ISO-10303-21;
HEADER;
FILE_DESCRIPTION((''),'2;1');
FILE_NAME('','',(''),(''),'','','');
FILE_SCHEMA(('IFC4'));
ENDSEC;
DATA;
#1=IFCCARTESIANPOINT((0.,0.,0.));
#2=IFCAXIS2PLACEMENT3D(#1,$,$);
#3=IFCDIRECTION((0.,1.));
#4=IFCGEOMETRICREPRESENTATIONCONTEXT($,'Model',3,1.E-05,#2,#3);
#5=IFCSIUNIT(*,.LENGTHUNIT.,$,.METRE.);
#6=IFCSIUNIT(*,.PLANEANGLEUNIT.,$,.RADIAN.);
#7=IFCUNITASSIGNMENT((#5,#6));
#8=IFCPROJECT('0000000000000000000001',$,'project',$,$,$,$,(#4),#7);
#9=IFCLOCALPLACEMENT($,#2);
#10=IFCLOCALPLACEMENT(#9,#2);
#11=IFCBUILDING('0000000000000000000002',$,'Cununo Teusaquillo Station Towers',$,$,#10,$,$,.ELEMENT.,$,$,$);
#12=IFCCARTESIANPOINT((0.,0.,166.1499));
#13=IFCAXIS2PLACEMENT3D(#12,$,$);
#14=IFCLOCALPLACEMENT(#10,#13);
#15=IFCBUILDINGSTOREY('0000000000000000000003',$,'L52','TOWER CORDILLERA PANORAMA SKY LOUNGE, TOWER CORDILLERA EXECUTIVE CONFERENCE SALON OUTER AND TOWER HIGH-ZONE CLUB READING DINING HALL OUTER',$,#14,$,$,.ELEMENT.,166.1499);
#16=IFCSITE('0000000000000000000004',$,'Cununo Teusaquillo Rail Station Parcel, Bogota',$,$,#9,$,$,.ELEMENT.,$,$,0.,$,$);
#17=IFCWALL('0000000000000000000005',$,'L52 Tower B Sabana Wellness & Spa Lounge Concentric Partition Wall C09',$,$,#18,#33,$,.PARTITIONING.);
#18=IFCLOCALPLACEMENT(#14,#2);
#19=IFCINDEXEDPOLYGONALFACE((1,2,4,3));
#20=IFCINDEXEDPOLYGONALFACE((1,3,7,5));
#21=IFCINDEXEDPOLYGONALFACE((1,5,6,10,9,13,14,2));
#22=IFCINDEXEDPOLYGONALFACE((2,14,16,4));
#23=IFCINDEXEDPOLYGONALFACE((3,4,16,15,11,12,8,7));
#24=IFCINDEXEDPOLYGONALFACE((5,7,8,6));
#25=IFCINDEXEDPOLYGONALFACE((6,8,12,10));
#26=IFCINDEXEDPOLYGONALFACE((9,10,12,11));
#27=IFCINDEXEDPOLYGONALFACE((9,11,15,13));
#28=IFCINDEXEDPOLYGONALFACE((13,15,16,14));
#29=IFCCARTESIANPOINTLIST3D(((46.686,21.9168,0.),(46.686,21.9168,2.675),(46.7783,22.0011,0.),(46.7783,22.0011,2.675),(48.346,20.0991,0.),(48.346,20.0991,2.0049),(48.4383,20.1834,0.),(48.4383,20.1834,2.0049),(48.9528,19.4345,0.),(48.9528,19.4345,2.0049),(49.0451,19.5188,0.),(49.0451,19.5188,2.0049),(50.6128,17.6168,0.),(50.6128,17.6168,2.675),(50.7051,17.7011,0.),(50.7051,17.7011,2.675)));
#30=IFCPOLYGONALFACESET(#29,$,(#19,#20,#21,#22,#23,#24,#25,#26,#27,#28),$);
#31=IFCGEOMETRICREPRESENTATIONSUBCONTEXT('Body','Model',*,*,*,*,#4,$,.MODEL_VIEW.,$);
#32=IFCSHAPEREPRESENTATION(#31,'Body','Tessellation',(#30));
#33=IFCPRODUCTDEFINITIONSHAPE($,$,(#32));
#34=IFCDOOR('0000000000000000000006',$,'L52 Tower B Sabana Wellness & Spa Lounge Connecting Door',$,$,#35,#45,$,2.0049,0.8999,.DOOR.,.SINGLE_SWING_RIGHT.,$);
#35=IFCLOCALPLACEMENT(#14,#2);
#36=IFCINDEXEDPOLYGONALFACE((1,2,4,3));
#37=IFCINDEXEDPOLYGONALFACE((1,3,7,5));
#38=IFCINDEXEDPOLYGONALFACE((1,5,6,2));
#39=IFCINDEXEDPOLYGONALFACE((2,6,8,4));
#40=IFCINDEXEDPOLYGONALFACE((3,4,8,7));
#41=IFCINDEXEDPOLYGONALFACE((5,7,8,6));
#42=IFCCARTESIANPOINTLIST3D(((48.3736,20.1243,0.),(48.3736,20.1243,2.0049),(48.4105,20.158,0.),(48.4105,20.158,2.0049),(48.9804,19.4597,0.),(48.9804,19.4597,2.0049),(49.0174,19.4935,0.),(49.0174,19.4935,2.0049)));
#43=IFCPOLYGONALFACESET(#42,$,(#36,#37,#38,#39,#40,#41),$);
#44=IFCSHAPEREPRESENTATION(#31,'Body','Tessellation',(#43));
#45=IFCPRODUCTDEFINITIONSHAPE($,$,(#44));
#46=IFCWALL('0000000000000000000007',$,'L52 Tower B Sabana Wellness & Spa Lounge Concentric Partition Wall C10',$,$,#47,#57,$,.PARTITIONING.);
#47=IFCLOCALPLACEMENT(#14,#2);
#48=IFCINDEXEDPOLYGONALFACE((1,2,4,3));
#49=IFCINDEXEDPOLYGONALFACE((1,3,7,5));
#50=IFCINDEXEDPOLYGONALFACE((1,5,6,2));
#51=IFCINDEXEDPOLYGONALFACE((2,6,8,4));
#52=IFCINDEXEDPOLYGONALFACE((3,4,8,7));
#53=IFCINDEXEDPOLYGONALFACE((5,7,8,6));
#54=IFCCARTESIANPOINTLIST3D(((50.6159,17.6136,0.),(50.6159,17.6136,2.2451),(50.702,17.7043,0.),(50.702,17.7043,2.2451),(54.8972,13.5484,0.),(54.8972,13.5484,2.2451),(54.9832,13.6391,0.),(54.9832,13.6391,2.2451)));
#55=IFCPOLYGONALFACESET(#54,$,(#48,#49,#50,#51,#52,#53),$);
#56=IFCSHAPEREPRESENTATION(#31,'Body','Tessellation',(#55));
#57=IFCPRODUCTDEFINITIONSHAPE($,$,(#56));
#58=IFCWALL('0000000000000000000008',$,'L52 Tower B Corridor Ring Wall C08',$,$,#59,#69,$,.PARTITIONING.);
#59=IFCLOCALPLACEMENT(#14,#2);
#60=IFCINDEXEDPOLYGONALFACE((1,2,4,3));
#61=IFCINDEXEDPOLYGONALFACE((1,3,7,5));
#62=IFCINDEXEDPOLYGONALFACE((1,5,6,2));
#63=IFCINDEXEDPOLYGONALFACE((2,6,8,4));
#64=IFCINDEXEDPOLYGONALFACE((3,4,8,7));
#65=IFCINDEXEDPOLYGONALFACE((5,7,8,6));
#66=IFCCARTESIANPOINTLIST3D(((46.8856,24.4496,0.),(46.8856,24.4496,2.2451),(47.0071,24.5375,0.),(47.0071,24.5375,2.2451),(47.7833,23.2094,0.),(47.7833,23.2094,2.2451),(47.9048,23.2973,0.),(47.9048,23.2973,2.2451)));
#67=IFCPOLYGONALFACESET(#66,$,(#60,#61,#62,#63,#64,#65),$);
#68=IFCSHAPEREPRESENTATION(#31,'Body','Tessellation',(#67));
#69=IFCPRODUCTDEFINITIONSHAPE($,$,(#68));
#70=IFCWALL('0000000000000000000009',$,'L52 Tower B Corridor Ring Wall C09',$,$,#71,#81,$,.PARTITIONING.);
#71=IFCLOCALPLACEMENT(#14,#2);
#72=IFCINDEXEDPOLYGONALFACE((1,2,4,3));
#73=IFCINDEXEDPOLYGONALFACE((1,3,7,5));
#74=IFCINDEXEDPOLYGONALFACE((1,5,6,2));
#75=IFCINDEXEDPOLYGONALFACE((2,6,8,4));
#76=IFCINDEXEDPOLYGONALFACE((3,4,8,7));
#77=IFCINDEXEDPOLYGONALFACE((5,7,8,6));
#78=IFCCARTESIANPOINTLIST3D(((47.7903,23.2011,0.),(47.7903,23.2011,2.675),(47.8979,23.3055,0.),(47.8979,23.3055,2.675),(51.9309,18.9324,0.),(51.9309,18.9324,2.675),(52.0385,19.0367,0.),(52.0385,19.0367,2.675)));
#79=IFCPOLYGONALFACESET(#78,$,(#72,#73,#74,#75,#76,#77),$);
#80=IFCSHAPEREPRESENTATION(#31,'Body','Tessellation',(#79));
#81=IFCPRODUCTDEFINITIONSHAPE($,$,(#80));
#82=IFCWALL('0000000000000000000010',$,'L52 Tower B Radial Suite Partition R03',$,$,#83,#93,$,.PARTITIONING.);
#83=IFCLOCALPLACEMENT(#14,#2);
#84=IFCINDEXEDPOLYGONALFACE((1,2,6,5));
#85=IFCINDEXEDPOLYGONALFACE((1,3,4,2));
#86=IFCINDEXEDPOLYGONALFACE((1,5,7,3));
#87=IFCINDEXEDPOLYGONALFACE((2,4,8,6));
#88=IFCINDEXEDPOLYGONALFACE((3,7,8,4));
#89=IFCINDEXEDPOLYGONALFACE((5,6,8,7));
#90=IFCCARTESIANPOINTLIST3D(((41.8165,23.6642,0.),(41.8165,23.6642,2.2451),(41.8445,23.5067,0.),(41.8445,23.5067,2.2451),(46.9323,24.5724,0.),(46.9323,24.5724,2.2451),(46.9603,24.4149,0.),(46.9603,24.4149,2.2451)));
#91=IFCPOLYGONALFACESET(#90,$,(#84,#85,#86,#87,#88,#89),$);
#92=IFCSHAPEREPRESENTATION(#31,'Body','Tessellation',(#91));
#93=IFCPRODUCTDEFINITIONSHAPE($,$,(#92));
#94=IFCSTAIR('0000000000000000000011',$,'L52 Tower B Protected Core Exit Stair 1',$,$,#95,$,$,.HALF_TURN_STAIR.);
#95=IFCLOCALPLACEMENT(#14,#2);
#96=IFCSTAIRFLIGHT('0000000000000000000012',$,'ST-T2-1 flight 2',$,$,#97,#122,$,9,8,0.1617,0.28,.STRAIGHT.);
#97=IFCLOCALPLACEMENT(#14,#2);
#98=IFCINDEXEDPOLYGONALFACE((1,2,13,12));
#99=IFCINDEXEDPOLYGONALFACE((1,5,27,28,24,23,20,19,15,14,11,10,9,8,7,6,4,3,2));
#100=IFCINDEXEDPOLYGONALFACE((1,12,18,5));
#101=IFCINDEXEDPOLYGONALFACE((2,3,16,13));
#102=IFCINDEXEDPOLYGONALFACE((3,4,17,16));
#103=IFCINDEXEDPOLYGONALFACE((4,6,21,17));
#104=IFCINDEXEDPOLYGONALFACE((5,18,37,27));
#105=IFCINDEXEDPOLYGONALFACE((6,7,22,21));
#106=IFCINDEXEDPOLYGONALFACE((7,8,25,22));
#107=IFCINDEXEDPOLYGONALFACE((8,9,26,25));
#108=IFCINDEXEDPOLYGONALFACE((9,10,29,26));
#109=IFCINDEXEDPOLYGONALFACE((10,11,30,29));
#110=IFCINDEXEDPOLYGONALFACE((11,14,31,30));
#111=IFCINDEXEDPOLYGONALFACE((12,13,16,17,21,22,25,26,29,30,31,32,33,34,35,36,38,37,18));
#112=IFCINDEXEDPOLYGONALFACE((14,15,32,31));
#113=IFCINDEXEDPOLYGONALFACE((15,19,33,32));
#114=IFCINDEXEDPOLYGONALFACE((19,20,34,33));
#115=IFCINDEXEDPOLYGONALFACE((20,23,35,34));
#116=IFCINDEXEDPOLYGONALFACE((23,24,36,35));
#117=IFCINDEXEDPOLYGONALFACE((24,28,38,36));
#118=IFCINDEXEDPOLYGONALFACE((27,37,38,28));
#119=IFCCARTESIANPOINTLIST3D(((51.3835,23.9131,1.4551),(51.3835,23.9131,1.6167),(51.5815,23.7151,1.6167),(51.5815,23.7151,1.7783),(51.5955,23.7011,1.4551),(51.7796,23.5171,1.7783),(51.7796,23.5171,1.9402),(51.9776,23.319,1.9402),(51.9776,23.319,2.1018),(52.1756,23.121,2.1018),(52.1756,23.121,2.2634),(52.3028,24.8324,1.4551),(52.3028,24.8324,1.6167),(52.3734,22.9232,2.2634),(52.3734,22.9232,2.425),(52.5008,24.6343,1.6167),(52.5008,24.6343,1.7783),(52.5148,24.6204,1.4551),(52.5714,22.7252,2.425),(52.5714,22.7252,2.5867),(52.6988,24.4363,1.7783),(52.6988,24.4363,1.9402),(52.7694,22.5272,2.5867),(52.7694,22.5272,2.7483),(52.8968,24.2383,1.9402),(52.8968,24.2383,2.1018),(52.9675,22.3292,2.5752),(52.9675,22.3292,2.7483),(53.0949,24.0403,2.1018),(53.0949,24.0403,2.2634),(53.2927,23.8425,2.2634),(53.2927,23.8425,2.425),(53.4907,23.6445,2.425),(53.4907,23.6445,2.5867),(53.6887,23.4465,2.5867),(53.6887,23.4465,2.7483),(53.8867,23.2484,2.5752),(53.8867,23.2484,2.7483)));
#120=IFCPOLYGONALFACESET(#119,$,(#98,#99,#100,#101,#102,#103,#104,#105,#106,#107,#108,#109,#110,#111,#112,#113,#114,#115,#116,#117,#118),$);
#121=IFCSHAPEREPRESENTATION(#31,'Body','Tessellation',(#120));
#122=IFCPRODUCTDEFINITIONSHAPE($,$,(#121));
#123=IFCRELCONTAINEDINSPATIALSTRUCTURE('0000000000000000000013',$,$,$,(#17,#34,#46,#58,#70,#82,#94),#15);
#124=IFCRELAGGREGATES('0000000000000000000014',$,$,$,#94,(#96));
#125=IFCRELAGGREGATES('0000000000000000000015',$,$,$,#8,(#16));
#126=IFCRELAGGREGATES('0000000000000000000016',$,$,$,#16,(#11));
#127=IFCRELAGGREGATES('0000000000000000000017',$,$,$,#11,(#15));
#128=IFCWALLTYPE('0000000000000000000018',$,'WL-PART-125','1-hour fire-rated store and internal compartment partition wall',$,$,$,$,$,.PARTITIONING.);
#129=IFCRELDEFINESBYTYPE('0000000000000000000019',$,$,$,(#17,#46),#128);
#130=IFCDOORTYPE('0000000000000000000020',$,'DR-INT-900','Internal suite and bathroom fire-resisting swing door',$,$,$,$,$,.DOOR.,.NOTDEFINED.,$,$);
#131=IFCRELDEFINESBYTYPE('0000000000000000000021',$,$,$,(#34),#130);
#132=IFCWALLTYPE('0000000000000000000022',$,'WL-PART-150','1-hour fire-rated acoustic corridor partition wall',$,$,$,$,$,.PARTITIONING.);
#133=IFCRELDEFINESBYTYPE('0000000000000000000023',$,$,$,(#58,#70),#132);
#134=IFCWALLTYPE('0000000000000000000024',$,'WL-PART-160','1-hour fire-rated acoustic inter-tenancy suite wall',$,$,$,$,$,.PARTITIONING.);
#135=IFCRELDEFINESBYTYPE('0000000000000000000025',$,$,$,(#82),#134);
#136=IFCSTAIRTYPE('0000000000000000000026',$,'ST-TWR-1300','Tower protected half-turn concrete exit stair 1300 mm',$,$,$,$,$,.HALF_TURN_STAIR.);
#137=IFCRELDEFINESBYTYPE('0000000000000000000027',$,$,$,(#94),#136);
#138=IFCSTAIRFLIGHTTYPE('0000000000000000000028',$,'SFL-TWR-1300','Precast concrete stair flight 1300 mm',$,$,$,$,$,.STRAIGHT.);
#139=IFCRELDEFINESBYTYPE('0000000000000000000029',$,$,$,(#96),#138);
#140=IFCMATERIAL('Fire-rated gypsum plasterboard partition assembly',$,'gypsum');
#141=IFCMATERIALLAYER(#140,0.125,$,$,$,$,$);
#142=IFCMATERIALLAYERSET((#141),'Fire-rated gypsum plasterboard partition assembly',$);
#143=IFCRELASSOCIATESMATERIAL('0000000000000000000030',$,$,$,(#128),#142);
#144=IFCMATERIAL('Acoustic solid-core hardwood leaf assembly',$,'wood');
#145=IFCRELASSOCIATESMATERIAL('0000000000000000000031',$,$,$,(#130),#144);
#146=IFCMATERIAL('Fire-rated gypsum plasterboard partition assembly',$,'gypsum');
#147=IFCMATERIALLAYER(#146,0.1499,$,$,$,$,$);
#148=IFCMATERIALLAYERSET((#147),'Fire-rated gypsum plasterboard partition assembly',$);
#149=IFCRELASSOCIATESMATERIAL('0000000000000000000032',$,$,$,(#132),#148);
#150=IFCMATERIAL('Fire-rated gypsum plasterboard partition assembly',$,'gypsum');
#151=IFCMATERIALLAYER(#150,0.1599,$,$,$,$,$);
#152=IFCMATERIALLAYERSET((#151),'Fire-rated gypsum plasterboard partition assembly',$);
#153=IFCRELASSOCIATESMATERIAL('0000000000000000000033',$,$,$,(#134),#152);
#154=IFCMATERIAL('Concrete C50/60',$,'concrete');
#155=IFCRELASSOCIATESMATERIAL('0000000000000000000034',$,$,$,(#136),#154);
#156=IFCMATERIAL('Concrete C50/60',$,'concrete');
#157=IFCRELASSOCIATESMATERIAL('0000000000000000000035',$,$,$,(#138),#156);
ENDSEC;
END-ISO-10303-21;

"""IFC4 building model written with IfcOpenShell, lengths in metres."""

from ifc_helpers import new_model, si_unit, direction, frame, frame_2d, origin, place, context, subcontext, project, spatial, polyline, rectangle, outline, extrude, source, transform, mapped, material, layer, layer_set, type_object, element, fill, aggregate, save


model = new_model("IFC4")

# Units and contexts
model_context = context("Model", 3, precision=1e-05, world=origin(), true_north=direction((0.0, 1.0)))
body_context = subcontext(model_context, "Body", "Model", "MODEL_VIEW")
ifc_project = project(units=[si_unit("LENGTHUNIT", "METRE"), si_unit("PLANEANGLEUNIT", "RADIAN")], contexts=[model_context])

# Site, building, storey
site_placement = place(None, origin())
site = spatial("IfcSite", under=ifc_project, at=site_placement, Name="Cununo Teusaquillo Rail Station Parcel, Bogota", CompositionType="ELEMENT", RefElevation=0.0)
building_placement = place(site_placement, origin())
building = spatial("IfcBuilding", under=site, at=building_placement, Name="Cununo Teusaquillo Station Towers", CompositionType="ELEMENT")
storey_placement = place(building_placement, frame((0.0, 0.0, 166.1499)))
storey = spatial("IfcBuildingStorey", under=building, at=storey_placement, Name="L52", Description="TOWER CORDILLERA PANORAMA SKY LOUNGE, TOWER CORDILLERA EXECUTIVE CONFERENCE SALON OUTER AND TOWER HIGH-ZONE CLUB READING DINING HALL OUTER", CompositionType="ELEMENT", Elevation=166.1499)

# Shared definitions
ifc_material_1 = material(Name="Fire-rated gypsum plasterboard partition assembly", Category="gypsum")
ifc_layer_1 = layer(ifc_material_1, 0.125)
ifc_layer_set_1 = layer_set([ifc_layer_1], Name="Fire-rated gypsum plasterboard partition assembly")
wall_type_1 = type_object("IfcWallType", Name="WL-PART-125", Description="1-hour fire-rated store and internal compartment partition wall", PredefinedType="PARTITIONING", material=ifc_layer_set_1)

# Wall, opening, door
wall_1_placement = place(storey_placement, frame((46.7322, 21.959, 0.0), z_axis=(0.0, 0.0, 1.0), x_axis=(0.674328, -0.738432, 0.0)))
wall_1 = element("IfcWall", 1, at=wall_1_placement, inside=storey, type_object=wall_type_1, Name="L52 Tower B Sabana Wellness & Spa Lounge Concentric Partition Wall C09", PredefinedType="PARTITIONING", context=body_context, shape_type="SweptSolid", body=[
    extrude(rectangle(XDim=5.8232, YDim=0.125, at=frame_2d((2.9116, 0.0))), origin(), (0.0, 0.0, 1.0), 2.675),
])
shared_shape_1 = source(origin(), body_context, "Body", "SweptSolid", [
    extrude(rectangle(XDim=0.8999, YDim=2.0049, at=frame_2d((0.45, 1.0024))), frame((0.0, 0.0725, 0.0), z_axis=(0.0, -1.0, 0.0), x_axis=(1.0, 0.0, 0.0)), (0.0, 0.0, 1.0), 0.145),
])
opening_1_placement = place(wall_1_placement, frame((2.4617, 0.0, 0.0)))
opening_1 = element("IfcOpeningElement", 2, at=opening_1_placement, cuts=wall_1, PredefinedType="OPENING", context=body_context, shape_type="MappedRepresentation", body=[
    mapped(shared_shape_1, transform((0.0, 0.0, 0.0), x_axis=(1.0, 0.0, 0.0), y_axis=(0.0, 1.0, 0.0), z_axis=(0.0, 0.0, 1.0), scale=1.0)),
])
ifc_material_2 = material(Name="Acoustic solid-core hardwood leaf assembly", Category="wood")
door_type_1 = type_object("IfcDoorType", Name="DR-INT-900", Description="Internal suite and bathroom fire-resisting swing door", OperationType="NOTDEFINED", PredefinedType="DOOR", material=ifc_material_2)
shared_shape_2 = source(origin(), body_context, "Body", "SweptSolid", [
    extrude(rectangle(XDim=0.8999, YDim=2.0049, at=frame_2d((0.45, 1.0024))), frame((0.0, 0.0249, 0.0), z_axis=(0.0, -1.0, 0.0), x_axis=(1.0, 0.0, 0.0)), (0.0, 0.0, 1.0), 0.05),
])
door_1_placement = place(opening_1_placement, origin())
door_1 = element("IfcDoor", 3, at=door_1_placement, inside=storey, type_object=door_type_1, Name="L52 Tower B Sabana Wellness & Spa Lounge Connecting Door", OperationType="SINGLE_SWING_RIGHT", OverallHeight=2.0049, OverallWidth=0.8999, PredefinedType="DOOR", context=body_context, shape_type="MappedRepresentation", body=[
    mapped(shared_shape_2, transform((0.0, 0.0, 0.0), x_axis=(1.0, 0.0, 0.0), y_axis=(0.0, 1.0, 0.0), z_axis=(0.0, 0.0, 1.0), scale=1.0)),
])
fill(opening_1, door_1)

# Walls
wall_2_placement = place(storey_placement, frame((50.6589, 17.6589, 0.0), z_axis=(0.0, 0.0, 1.0), x_axis=(0.725169, -0.688571, 0.0)))
element("IfcWall", 4, at=wall_2_placement, inside=storey, type_object=wall_type_1, Name="L52 Tower B Sabana Wellness & Spa Lounge Concentric Partition Wall C10", PredefinedType="PARTITIONING", context=body_context, shape_type="SweptSolid", body=[
    extrude(rectangle(XDim=5.9038, YDim=0.125, at=frame_2d((2.9519, 0.0))), origin(), (0.0, 0.0, 1.0), 2.2451),
])
ifc_material_3 = material(Name="Fire-rated gypsum plasterboard partition assembly", Category="gypsum")
ifc_layer_2 = layer(ifc_material_3, 0.1499)
ifc_layer_set_2 = layer_set([ifc_layer_2], Name="Fire-rated gypsum plasterboard partition assembly")
wall_type_2 = type_object("IfcWallType", Name="WL-PART-150", Description="1-hour fire-rated acoustic corridor partition wall", PredefinedType="PARTITIONING", material=ifc_layer_set_2)
wall_3_placement = place(storey_placement, frame((46.9463, 24.4937, 0.0), z_axis=(0.0, 0.0, 1.0), x_axis=(0.58634, -0.810065, 0.0)))
element("IfcWall", 5, at=wall_3_placement, inside=storey, type_object=wall_type_2, Name="L52 Tower B Corridor Ring Wall C08", PredefinedType="PARTITIONING", context=body_context, shape_type="SweptSolid", body=[
    extrude(rectangle(XDim=1.531, YDim=0.1499, at=frame_2d((0.7656, 0.0))), origin(), (0.0, 0.0, 1.0), 2.2451),
])
wall_4_placement = place(storey_placement, frame((47.844, 23.2534, 0.0), z_axis=(0.0, 0.0, 1.0), x_axis=(0.696248, -0.717801, 0.0)))
element("IfcWall", 6, at=wall_4_placement, inside=storey, type_object=wall_type_2, Name="L52 Tower B Corridor Ring Wall C09", PredefinedType="PARTITIONING", context=body_context, shape_type="SweptSolid", body=[
    extrude(rectangle(XDim=5.947, YDim=0.1499, at=frame_2d((2.9736, 0.0))), origin(), (0.0, 0.0, 1.0), 2.675),
])
ifc_material_4 = material(Name="Fire-rated gypsum plasterboard partition assembly", Category="gypsum")
ifc_layer_3 = layer(ifc_material_4, 0.1599)
ifc_layer_set_3 = layer_set([ifc_layer_3], Name="Fire-rated gypsum plasterboard partition assembly")
wall_type_3 = type_object("IfcWallType", Name="WL-PART-160", Description="1-hour fire-rated acoustic inter-tenancy suite wall", PredefinedType="PARTITIONING", material=ifc_layer_set_3)
wall_5_placement = place(storey_placement, frame((46.9463, 24.4937, 0.0), z_axis=(0.0, 0.0, 1.0), x_axis=(-0.984604, -0.174798, 0.0)))
element("IfcWall", 7, at=wall_5_placement, inside=storey, type_object=wall_type_3, Name="L52 Tower B Radial Suite Partition R03", PredefinedType="PARTITIONING", context=body_context, shape_type="SweptSolid", body=[
    extrude(rectangle(XDim=5.1958, YDim=0.1599, at=frame_2d((2.5979, 0.0))), origin(), (0.0, 0.0, 1.0), 2.2451),
])

# Stair, stair flight
ifc_material_5 = material(Name="Concrete C50/60", Category="concrete")
stair_type = type_object("IfcStairType", Name="ST-TWR-1300", Description="Tower protected half-turn concrete exit stair 1300 mm", PredefinedType="HALF_TURN_STAIR", material=ifc_material_5)
stair_placement = place(storey_placement, origin())
stair = element("IfcStair", 8, at=stair_placement, inside=storey, type_object=stair_type, Name="L52 Tower B Protected Core Exit Stair 1", PredefinedType="HALF_TURN_STAIR")
ifc_material_6 = material(Name="Concrete C50/60", Category="concrete")
stair_flight_type = type_object("IfcStairFlightType", Name="SFL-TWR-1300", Description="Precast concrete stair flight 1300 mm", PredefinedType="STRAIGHT", material=ifc_material_6)
stair_flight_placement = place(storey_placement, frame((51.8433, 24.3728, 1.4551), z_axis=(0.0, 0.0, 1.0), x_axis=(0.707107, -0.707107, 0.0)))
stair_flight = element("IfcStairFlight", 9, at=stair_flight_placement, type_object=stair_flight_type, Name="ST-T2-1 flight 2", NumberOfRisers=9, NumberOfTreads=8, PredefinedType="STRAIGHT", RiserHeight=0.1617, TreadLength=0.28, context=body_context, shape_type="SweptSolid", body=[
    extrude(outline(polyline([(0.0, 0.0), (0.0, 0.1616), (0.28, 0.1616), (0.28, 0.3232), (0.5601, 0.3232), (0.5601, 0.4851), (0.8401, 0.4851), (0.8401, 0.6467), (1.1201, 0.6467), (1.1201, 0.8083), (1.3999, 0.8083), (1.3999, 0.97), (1.6799, 0.97), (1.6799, 1.1316), (1.96, 1.1316), (1.96, 1.2932), (2.24, 1.2932), (2.24, 1.4551), (2.24, 1.1201), (0.2998, 0.0), (0.0, 0.0)])), frame((0.0, 0.6499, 0.0), z_axis=(0.0, -1.0, 0.0), x_axis=(1.0, 0.0, 0.0)), (0.0, 0.0, 1.0), 1.3),
])
aggregate(stair, [stair_flight])

save(model, "model.ifc")
